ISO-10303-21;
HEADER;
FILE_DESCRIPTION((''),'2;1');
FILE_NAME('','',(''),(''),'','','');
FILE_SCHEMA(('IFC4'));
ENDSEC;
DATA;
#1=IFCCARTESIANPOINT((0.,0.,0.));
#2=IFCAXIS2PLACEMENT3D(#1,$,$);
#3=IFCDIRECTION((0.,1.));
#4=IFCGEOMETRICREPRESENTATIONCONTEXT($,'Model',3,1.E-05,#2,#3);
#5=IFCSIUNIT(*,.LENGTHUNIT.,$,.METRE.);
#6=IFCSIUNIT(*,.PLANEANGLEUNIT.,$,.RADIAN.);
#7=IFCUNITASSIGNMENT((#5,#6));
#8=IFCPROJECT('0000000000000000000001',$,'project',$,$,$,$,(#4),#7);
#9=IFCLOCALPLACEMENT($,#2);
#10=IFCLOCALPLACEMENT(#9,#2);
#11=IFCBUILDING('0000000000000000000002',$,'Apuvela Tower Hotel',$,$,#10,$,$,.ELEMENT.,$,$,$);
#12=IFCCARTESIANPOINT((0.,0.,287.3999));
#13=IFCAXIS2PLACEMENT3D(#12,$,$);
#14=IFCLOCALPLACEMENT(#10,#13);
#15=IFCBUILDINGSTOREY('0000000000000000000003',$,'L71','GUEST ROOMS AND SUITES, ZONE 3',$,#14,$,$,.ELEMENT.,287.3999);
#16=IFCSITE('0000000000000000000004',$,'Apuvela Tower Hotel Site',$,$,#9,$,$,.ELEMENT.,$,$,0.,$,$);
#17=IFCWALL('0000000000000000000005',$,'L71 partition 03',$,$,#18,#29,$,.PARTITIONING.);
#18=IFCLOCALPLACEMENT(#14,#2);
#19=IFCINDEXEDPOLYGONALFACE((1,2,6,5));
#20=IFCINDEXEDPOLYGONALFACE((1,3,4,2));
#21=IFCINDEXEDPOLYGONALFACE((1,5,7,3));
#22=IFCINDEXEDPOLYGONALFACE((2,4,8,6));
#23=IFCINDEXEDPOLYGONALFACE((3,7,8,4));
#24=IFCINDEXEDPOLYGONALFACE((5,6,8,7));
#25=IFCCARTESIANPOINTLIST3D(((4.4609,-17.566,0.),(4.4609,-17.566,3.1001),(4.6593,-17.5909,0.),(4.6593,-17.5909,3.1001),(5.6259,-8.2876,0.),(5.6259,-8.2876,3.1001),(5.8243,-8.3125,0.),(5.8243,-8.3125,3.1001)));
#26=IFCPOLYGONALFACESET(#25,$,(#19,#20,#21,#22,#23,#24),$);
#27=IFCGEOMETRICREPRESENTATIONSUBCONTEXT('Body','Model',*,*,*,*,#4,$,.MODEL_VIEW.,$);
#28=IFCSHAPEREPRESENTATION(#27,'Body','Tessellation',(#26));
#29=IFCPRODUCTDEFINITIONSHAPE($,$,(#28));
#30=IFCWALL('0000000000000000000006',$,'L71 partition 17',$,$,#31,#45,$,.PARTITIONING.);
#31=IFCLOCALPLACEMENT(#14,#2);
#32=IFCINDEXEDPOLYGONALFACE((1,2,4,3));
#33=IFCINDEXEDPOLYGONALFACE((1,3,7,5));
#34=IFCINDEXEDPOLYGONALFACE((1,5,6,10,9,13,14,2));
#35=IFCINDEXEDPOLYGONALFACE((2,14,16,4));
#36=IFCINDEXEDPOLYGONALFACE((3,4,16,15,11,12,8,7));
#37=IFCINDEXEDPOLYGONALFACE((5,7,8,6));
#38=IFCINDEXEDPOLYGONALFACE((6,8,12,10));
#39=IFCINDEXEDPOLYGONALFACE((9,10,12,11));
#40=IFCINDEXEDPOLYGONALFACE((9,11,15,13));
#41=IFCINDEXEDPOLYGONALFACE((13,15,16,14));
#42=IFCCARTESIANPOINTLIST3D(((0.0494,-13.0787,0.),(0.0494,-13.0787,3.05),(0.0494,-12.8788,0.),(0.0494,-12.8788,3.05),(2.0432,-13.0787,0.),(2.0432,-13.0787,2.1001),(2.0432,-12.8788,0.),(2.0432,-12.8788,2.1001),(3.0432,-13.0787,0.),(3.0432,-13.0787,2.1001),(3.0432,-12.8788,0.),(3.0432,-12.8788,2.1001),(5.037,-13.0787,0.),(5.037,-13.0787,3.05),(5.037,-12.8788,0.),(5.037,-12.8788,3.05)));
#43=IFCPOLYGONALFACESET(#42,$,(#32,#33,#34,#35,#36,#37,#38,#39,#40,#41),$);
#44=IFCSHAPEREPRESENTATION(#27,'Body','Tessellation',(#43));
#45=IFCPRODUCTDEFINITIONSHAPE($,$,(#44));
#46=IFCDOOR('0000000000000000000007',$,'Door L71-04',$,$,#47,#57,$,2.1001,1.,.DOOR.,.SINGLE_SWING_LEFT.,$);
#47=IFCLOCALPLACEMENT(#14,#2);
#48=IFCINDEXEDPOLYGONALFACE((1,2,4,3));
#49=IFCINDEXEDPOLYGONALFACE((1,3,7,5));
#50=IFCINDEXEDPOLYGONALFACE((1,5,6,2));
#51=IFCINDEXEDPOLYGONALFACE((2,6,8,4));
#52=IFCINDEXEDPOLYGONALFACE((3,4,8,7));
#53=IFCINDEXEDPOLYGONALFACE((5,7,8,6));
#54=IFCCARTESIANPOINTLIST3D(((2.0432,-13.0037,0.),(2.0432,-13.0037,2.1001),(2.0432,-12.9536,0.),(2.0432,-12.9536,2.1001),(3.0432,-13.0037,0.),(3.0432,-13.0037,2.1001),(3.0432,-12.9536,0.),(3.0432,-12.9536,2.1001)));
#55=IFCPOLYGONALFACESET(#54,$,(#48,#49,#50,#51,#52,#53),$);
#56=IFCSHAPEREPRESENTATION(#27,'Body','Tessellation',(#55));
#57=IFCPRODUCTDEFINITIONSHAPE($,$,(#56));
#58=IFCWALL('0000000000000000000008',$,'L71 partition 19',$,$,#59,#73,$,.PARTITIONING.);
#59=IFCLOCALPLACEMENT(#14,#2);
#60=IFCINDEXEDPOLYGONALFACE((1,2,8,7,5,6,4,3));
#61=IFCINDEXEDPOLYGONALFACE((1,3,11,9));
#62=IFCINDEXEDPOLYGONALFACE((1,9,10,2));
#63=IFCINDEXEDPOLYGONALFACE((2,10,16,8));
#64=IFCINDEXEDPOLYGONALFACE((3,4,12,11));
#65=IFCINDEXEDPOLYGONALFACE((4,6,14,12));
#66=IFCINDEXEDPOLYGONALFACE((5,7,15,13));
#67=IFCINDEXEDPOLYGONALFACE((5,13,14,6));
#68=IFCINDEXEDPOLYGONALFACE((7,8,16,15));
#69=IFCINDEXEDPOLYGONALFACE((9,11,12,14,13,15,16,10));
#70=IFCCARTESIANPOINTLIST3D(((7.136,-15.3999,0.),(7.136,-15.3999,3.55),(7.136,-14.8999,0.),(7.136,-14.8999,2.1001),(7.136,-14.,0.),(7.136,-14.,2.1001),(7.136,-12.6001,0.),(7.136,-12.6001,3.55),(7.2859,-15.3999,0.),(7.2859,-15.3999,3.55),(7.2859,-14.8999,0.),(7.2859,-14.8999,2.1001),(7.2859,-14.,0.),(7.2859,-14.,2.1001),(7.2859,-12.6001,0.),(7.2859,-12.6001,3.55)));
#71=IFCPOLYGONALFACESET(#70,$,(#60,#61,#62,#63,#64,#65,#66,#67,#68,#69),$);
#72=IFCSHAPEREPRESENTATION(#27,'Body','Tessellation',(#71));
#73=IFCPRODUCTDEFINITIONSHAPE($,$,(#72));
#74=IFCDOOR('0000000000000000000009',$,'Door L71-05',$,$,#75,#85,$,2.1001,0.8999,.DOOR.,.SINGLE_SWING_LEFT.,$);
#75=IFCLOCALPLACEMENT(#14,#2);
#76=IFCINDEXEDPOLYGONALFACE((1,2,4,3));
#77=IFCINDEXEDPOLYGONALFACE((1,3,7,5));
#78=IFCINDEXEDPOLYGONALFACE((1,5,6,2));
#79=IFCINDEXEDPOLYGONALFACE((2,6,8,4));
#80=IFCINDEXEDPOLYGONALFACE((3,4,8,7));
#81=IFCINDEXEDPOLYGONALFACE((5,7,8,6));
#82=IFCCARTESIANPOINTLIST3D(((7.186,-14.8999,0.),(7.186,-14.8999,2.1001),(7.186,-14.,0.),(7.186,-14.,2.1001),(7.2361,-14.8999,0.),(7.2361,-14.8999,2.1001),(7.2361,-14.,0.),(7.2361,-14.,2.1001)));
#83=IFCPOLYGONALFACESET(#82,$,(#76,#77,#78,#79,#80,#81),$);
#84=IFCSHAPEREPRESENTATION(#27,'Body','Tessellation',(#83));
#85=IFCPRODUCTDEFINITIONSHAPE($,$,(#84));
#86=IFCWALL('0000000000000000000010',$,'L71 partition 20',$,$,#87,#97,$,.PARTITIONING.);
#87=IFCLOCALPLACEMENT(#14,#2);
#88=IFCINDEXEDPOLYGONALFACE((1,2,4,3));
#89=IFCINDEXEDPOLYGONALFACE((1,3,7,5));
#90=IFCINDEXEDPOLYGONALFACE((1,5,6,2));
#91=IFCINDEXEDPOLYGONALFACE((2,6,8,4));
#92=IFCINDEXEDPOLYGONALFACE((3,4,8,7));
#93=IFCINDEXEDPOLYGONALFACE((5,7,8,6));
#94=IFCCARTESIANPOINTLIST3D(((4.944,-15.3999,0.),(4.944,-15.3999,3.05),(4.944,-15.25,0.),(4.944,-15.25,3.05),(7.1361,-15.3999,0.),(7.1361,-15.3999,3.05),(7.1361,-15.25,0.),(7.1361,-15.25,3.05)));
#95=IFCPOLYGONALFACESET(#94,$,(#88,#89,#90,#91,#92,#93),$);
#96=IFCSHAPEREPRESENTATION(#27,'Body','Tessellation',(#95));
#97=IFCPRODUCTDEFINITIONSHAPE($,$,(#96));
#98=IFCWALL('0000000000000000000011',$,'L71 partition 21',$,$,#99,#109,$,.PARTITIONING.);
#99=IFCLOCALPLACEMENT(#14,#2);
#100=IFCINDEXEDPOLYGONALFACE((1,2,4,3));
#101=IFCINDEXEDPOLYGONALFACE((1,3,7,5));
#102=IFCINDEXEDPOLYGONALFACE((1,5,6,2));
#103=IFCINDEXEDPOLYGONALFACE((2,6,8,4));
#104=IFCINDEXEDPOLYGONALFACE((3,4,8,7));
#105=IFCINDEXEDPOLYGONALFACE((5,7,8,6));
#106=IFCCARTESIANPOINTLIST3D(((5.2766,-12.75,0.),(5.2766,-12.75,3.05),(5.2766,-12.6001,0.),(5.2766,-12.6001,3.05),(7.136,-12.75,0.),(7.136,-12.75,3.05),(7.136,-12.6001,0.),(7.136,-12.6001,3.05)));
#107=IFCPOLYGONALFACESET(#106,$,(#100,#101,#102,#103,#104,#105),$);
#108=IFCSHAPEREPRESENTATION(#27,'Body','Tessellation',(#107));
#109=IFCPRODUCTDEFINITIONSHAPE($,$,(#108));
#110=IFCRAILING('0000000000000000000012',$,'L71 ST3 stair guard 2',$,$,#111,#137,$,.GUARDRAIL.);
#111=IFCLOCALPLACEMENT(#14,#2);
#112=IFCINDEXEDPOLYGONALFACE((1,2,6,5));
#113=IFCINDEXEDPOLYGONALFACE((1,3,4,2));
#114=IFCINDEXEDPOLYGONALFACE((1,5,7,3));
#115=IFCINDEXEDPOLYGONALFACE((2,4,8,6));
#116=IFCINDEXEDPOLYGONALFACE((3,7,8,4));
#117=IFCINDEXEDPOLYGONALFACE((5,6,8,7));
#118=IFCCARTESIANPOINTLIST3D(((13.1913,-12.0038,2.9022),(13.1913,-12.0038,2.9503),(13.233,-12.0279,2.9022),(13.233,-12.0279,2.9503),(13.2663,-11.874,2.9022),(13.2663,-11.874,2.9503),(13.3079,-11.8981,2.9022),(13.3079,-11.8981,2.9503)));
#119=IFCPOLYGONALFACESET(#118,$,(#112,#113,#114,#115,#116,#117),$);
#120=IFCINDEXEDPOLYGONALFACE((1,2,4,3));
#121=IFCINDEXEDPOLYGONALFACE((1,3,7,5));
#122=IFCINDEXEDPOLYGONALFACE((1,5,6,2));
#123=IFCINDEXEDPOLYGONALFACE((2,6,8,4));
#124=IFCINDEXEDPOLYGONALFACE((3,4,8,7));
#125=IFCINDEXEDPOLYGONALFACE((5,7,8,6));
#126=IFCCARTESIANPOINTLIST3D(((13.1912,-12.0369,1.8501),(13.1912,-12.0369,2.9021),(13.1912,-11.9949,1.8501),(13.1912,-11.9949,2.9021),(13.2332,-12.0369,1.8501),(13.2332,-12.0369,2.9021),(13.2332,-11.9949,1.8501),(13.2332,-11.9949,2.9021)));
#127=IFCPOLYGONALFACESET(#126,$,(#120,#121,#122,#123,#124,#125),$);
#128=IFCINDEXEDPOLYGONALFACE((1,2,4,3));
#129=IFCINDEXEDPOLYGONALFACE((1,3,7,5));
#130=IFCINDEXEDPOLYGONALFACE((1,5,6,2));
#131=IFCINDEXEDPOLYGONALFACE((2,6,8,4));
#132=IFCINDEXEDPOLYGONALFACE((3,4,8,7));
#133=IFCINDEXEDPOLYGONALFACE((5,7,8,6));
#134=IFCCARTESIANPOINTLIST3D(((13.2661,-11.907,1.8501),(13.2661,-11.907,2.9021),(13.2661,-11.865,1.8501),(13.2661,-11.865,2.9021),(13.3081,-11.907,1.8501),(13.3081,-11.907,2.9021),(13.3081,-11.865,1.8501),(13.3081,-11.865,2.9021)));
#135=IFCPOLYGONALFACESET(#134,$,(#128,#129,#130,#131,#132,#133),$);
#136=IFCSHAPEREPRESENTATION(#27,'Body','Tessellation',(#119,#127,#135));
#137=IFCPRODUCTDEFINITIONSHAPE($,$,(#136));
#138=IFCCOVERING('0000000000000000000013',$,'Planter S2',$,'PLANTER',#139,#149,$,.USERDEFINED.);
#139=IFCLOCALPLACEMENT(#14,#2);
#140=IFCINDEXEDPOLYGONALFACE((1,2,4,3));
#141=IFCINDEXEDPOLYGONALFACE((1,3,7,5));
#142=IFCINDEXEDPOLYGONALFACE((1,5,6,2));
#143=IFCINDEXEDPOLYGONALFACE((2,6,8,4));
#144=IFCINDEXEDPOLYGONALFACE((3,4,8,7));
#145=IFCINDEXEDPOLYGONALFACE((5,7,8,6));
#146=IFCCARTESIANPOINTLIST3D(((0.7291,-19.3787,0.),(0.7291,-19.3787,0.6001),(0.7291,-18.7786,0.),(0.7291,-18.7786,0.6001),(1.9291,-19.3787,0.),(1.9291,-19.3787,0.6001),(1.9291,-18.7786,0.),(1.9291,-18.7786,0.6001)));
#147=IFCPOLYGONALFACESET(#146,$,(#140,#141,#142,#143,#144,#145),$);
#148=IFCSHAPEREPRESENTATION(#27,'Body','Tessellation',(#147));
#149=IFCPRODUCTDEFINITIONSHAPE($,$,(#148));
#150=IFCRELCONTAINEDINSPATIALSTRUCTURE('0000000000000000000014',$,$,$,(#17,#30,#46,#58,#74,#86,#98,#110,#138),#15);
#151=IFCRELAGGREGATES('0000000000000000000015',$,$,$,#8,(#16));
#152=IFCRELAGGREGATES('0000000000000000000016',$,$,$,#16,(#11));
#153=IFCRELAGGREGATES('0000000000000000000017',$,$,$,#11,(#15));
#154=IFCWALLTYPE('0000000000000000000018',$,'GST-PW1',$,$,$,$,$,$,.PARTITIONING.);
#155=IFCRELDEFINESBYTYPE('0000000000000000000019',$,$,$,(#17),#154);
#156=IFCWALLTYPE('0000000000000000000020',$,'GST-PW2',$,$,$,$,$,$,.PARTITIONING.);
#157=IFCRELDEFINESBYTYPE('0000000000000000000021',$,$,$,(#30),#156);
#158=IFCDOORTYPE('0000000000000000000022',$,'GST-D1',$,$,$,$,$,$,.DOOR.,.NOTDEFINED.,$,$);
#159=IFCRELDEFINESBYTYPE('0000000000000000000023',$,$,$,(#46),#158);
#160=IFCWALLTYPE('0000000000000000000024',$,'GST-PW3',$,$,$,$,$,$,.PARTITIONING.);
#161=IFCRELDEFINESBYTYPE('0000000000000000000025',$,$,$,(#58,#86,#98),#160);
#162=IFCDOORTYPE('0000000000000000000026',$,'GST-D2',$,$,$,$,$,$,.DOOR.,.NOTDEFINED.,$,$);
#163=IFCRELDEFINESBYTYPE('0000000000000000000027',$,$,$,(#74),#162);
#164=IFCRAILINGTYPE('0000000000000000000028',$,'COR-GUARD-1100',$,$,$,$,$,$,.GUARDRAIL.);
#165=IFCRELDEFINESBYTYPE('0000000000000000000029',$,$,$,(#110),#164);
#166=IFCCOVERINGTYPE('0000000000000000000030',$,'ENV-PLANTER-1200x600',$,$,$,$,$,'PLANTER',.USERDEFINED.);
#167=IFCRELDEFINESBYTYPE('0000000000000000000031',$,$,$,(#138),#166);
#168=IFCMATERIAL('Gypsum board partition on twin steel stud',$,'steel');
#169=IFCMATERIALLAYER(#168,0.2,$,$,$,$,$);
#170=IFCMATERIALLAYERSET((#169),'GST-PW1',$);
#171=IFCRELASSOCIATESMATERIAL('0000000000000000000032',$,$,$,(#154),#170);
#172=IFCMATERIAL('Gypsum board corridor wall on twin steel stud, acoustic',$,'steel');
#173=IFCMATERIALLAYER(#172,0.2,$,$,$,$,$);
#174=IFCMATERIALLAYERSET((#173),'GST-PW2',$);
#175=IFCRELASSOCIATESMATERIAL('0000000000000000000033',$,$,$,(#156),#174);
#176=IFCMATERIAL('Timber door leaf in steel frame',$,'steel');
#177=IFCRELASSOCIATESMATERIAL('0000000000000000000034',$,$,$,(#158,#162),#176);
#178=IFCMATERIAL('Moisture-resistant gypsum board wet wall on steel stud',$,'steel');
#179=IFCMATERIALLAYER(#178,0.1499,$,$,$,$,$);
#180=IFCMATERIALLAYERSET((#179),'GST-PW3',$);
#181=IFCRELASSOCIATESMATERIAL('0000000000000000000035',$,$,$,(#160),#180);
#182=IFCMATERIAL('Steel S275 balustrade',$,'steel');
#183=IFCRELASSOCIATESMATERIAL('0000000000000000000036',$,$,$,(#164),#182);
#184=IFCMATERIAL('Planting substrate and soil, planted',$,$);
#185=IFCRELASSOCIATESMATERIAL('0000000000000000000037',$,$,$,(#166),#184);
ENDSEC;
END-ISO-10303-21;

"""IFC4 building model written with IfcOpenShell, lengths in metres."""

from ifc_helpers import new_model, si_unit, direction, frame, frame_2d, origin, origin_2d, place, context, subcontext, project, spatial, rectangle, extrude, material, layer, layer_set, type_object, element, fill, save


model = new_model("IFC4")

# Units and contexts
model_context = context("Model", 3, precision=1e-05, world=origin(), true_north=direction((0.0, 1.0)))
body_context = subcontext(model_context, "Body", "Model", "MODEL_VIEW")
ifc_project = project(units=[si_unit("LENGTHUNIT", "METRE"), si_unit("PLANEANGLEUNIT", "RADIAN")], contexts=[model_context])

# Site, building, storey
site_placement = place(None, origin())
site = spatial("IfcSite", under=ifc_project, at=site_placement, Name="Apuvela Tower Hotel Site", CompositionType="ELEMENT", RefElevation=0.0)
building_placement = place(site_placement, origin())
building = spatial("IfcBuilding", under=site, at=building_placement, Name="Apuvela Tower Hotel", CompositionType="ELEMENT")
storey_placement = place(building_placement, frame((0.0, 0.0, 287.3999)))
storey = spatial("IfcBuildingStorey", under=building, at=storey_placement, Name="L71", Description="GUEST ROOMS AND SUITES, ZONE 3", CompositionType="ELEMENT", Elevation=287.3999)

# Wall
ifc_material_1 = material(Name="Gypsum board partition on twin steel stud", Category="steel")
ifc_layer_1 = layer(ifc_material_1, 0.2)
ifc_layer_set_1 = layer_set([ifc_layer_1], Name="GST-PW1")
wall_type_1 = type_object("IfcWallType", Name="GST-PW1", PredefinedType="PARTITIONING", material=ifc_layer_set_1)
wall_1_placement = place(storey_placement, frame((4.5601, -17.5786, 0.0), z_axis=(0.0, 0.0, 1.0), x_axis=(0.124584, 0.992209, 0.0)))
element("IfcWall", 1, at=wall_1_placement, inside=storey, type_object=wall_type_1, Name="L71 partition 03", PredefinedType="PARTITIONING", context=body_context, shape_type="SweptSolid", body=[
    extrude(rectangle(XDim=9.3513, YDim=0.2, at=frame_2d((4.6758, 0.0))), origin(), (0.0, 0.0, 1.0), 3.1001),
])

# Walls, openings, doors
ifc_material_2 = material(Name="Gypsum board corridor wall on twin steel stud, acoustic", Category="steel")
ifc_layer_2 = layer(ifc_material_2, 0.2)
ifc_layer_set_2 = layer_set([ifc_layer_2], Name="GST-PW2")
wall_type_2 = type_object("IfcWallType", Name="GST-PW2", PredefinedType="PARTITIONING", material=ifc_layer_set_2)
wall_2_placement = place(storey_placement, frame((5.0369, -12.9788, 0.0), z_axis=(0.0, 0.0, 1.0), x_axis=(-1.0, 0.0, 0.0)))
wall_2 = element("IfcWall", 2, at=wall_2_placement, inside=storey, type_object=wall_type_2, Name="L71 partition 17", PredefinedType="PARTITIONING", context=body_context, shape_type="SweptSolid", body=[
    extrude(rectangle(XDim=4.9875, YDim=0.2, at=frame_2d((2.4937, 0.0))), origin(), (0.0, 0.0, 1.0), 3.05),
])
opening_1_placement = place(wall_2_placement, frame((1.9937, 0.0, 0.0)))
opening_1 = element("IfcOpeningElement", 3, at=opening_1_placement, cuts=wall_2, PredefinedType="OPENING", context=body_context, shape_type="SweptSolid", body=[
    extrude(rectangle(XDim=1.0, YDim=2.1001, at=frame_2d((0.5, 1.05))), frame((0.0, 0.1099, 0.0), z_axis=(0.0, -1.0, 0.0), x_axis=(1.0, 0.0, 0.0)), (0.0, 0.0, 1.0), 0.22),
])
ifc_material_3 = material(Name="Timber door leaf in steel frame", Category="steel")
door_type_1 = type_object("IfcDoorType", Name="GST-D1", OperationType="NOTDEFINED", PredefinedType="DOOR", material=ifc_material_3)
door_1_placement = place(opening_1_placement, origin())
door_1 = element("IfcDoor", 4, at=door_1_placement, inside=storey, type_object=door_type_1, Name="Door L71-04", OperationType="SINGLE_SWING_LEFT", OverallHeight=2.1001, OverallWidth=1.0, PredefinedType="DOOR", context=body_context, shape_type="SweptSolid", body=[
    extrude(rectangle(XDim=1.0, YDim=2.1001, at=frame_2d((0.5, 1.05))), frame((0.0, 0.0249, 0.0), z_axis=(0.0, -1.0, 0.0), x_axis=(1.0, 0.0, 0.0)), (0.0, 0.0, 1.0), 0.05),
])
fill(opening_1, door_1)
ifc_material_4 = material(Name="Moisture-resistant gypsum board wet wall on steel stud", Category="steel")
ifc_layer_3 = layer(ifc_material_4, 0.1499)
ifc_layer_set_3 = layer_set([ifc_layer_3], Name="GST-PW3")
wall_type_3 = type_object("IfcWallType", Name="GST-PW3", PredefinedType="PARTITIONING", material=ifc_layer_set_3)
wall_3_placement = place(storey_placement, frame((7.2109, -15.3999, 0.0), z_axis=(0.0, 0.0, 1.0), x_axis=(0.0, 1.0, 0.0)))
wall_3 = element("IfcWall", 5, at=wall_3_placement, inside=storey, type_object=wall_type_3, Name="L71 partition 19", PredefinedType="PARTITIONING", context=body_context, shape_type="SweptSolid", body=[
    extrude(rectangle(XDim=2.7998, YDim=0.1499, at=frame_2d((1.3999, 0.0))), origin(), (0.0, 0.0, 1.0), 3.55),
])
opening_2_placement = place(wall_3_placement, frame((0.5, 0.0, 0.0)))
opening_2 = element("IfcOpeningElement", 6, at=opening_2_placement, cuts=wall_3, PredefinedType="OPENING", context=body_context, shape_type="SweptSolid", body=[
    extrude(rectangle(XDim=0.8999, YDim=2.1001, at=frame_2d((0.45, 1.05))), frame((0.0, 0.085, 0.0), z_axis=(0.0, -1.0, 0.0), x_axis=(1.0, 0.0, 0.0)), (0.0, 0.0, 1.0), 0.1699),
])
door_type_2 = type_object("IfcDoorType", Name="GST-D2", OperationType="NOTDEFINED", PredefinedType="DOOR", material=ifc_material_3)
door_2_placement = place(opening_2_placement, origin())
door_2 = element("IfcDoor", 7, at=door_2_placement, inside=storey, type_object=door_type_2, Name="Door L71-05", OperationType="SINGLE_SWING_LEFT", OverallHeight=2.1001, OverallWidth=0.8999, PredefinedType="DOOR", context=body_context, shape_type="SweptSolid", body=[
    extrude(rectangle(XDim=0.8999, YDim=2.1001, at=frame_2d((0.45, 1.05))), frame((0.0, 0.0249, 0.0), z_axis=(0.0, -1.0, 0.0), x_axis=(1.0, 0.0, 0.0)), (0.0, 0.0, 1.0), 0.05),
])
fill(opening_2, door_2)

# Walls
wall_4_placement = place(storey_placement, frame((4.9438, -15.325, 0.0), z_axis=(0.0, 0.0, 1.0), x_axis=(1.0, 0.0, 0.0)))
element("IfcWall", 8, at=wall_4_placement, inside=storey, type_object=wall_type_3, Name="L71 partition 20", PredefinedType="PARTITIONING", context=body_context, shape_type="SweptSolid", body=[
    extrude(rectangle(XDim=2.1921, YDim=0.1499, at=frame_2d((1.0962, 0.0))), origin(), (0.0, 0.0, 1.0), 3.05),
])
wall_5_placement = place(storey_placement, frame((5.2766, -12.675, 0.0), z_axis=(0.0, 0.0, 1.0), x_axis=(1.0, 0.0, 0.0)))
element("IfcWall", 9, at=wall_5_placement, inside=storey, type_object=wall_type_3, Name="L71 partition 21", PredefinedType="PARTITIONING", context=body_context, shape_type="SweptSolid", body=[
    extrude(rectangle(XDim=1.8594, YDim=0.1499, at=frame_2d((0.9297, 0.0))), origin(), (0.0, 0.0, 1.0), 3.05),
])

# Railing
ifc_material_5 = material(Name="Steel S275 balustrade", Category="steel")
railing_type = type_object("IfcRailingType", Name="COR-GUARD-1100", PredefinedType="GUARDRAIL", material=ifc_material_5)
railing_placement = place(storey_placement, frame((13.2122, -12.0159, 1.8501)))
element("IfcRailing", 10, at=railing_placement, inside=storey, type_object=railing_type, Name="L71 ST3 stair guard 2", PredefinedType="GUARDRAIL", context=body_context, shape_type="SweptSolid", body=[
    extrude(rectangle(XDim=0.0481, YDim=0.0481, at=origin_2d()), frame((0.0, 0.0, 1.0762), z_axis=(0.499816, 0.866131, 0.0), x_axis=(-0.866131, 0.499816, 0.0)), (0.0, 0.0, 1.0), 0.1499),
    extrude(rectangle(XDim=0.042, YDim=0.042, at=origin_2d()), origin(), (0.0, 0.0, 1.0), 1.052),
    extrude(rectangle(XDim=0.042, YDim=0.042, at=origin_2d()), frame((0.075, 0.1299, 0.0)), (0.0, 0.0, 1.0), 1.052),
])

# Covering
ifc_material_6 = material(Name="Planting substrate and soil, planted")
covering_type = type_object("IfcCoveringType", Name="ENV-PLANTER-1200x600", ElementType="PLANTER", PredefinedType="USERDEFINED", material=ifc_material_6)
covering_placement = place(storey_placement, frame((1.3291, -19.0786, 0.0), z_axis=(0.0, 0.0, 1.0), x_axis=(1.0, 0.0, 0.0)))
element("IfcCovering", 11, at=covering_placement, inside=storey, type_object=covering_type, Name="Planter S2", ObjectType="PLANTER", PredefinedType="USERDEFINED", context=body_context, shape_type="SweptSolid", body=[
    extrude(rectangle(XDim=1.2, YDim=0.6001, at=origin_2d()), origin(), (0.0, 0.0, 1.0), 0.6001),
])

save(model, "model.ifc")
